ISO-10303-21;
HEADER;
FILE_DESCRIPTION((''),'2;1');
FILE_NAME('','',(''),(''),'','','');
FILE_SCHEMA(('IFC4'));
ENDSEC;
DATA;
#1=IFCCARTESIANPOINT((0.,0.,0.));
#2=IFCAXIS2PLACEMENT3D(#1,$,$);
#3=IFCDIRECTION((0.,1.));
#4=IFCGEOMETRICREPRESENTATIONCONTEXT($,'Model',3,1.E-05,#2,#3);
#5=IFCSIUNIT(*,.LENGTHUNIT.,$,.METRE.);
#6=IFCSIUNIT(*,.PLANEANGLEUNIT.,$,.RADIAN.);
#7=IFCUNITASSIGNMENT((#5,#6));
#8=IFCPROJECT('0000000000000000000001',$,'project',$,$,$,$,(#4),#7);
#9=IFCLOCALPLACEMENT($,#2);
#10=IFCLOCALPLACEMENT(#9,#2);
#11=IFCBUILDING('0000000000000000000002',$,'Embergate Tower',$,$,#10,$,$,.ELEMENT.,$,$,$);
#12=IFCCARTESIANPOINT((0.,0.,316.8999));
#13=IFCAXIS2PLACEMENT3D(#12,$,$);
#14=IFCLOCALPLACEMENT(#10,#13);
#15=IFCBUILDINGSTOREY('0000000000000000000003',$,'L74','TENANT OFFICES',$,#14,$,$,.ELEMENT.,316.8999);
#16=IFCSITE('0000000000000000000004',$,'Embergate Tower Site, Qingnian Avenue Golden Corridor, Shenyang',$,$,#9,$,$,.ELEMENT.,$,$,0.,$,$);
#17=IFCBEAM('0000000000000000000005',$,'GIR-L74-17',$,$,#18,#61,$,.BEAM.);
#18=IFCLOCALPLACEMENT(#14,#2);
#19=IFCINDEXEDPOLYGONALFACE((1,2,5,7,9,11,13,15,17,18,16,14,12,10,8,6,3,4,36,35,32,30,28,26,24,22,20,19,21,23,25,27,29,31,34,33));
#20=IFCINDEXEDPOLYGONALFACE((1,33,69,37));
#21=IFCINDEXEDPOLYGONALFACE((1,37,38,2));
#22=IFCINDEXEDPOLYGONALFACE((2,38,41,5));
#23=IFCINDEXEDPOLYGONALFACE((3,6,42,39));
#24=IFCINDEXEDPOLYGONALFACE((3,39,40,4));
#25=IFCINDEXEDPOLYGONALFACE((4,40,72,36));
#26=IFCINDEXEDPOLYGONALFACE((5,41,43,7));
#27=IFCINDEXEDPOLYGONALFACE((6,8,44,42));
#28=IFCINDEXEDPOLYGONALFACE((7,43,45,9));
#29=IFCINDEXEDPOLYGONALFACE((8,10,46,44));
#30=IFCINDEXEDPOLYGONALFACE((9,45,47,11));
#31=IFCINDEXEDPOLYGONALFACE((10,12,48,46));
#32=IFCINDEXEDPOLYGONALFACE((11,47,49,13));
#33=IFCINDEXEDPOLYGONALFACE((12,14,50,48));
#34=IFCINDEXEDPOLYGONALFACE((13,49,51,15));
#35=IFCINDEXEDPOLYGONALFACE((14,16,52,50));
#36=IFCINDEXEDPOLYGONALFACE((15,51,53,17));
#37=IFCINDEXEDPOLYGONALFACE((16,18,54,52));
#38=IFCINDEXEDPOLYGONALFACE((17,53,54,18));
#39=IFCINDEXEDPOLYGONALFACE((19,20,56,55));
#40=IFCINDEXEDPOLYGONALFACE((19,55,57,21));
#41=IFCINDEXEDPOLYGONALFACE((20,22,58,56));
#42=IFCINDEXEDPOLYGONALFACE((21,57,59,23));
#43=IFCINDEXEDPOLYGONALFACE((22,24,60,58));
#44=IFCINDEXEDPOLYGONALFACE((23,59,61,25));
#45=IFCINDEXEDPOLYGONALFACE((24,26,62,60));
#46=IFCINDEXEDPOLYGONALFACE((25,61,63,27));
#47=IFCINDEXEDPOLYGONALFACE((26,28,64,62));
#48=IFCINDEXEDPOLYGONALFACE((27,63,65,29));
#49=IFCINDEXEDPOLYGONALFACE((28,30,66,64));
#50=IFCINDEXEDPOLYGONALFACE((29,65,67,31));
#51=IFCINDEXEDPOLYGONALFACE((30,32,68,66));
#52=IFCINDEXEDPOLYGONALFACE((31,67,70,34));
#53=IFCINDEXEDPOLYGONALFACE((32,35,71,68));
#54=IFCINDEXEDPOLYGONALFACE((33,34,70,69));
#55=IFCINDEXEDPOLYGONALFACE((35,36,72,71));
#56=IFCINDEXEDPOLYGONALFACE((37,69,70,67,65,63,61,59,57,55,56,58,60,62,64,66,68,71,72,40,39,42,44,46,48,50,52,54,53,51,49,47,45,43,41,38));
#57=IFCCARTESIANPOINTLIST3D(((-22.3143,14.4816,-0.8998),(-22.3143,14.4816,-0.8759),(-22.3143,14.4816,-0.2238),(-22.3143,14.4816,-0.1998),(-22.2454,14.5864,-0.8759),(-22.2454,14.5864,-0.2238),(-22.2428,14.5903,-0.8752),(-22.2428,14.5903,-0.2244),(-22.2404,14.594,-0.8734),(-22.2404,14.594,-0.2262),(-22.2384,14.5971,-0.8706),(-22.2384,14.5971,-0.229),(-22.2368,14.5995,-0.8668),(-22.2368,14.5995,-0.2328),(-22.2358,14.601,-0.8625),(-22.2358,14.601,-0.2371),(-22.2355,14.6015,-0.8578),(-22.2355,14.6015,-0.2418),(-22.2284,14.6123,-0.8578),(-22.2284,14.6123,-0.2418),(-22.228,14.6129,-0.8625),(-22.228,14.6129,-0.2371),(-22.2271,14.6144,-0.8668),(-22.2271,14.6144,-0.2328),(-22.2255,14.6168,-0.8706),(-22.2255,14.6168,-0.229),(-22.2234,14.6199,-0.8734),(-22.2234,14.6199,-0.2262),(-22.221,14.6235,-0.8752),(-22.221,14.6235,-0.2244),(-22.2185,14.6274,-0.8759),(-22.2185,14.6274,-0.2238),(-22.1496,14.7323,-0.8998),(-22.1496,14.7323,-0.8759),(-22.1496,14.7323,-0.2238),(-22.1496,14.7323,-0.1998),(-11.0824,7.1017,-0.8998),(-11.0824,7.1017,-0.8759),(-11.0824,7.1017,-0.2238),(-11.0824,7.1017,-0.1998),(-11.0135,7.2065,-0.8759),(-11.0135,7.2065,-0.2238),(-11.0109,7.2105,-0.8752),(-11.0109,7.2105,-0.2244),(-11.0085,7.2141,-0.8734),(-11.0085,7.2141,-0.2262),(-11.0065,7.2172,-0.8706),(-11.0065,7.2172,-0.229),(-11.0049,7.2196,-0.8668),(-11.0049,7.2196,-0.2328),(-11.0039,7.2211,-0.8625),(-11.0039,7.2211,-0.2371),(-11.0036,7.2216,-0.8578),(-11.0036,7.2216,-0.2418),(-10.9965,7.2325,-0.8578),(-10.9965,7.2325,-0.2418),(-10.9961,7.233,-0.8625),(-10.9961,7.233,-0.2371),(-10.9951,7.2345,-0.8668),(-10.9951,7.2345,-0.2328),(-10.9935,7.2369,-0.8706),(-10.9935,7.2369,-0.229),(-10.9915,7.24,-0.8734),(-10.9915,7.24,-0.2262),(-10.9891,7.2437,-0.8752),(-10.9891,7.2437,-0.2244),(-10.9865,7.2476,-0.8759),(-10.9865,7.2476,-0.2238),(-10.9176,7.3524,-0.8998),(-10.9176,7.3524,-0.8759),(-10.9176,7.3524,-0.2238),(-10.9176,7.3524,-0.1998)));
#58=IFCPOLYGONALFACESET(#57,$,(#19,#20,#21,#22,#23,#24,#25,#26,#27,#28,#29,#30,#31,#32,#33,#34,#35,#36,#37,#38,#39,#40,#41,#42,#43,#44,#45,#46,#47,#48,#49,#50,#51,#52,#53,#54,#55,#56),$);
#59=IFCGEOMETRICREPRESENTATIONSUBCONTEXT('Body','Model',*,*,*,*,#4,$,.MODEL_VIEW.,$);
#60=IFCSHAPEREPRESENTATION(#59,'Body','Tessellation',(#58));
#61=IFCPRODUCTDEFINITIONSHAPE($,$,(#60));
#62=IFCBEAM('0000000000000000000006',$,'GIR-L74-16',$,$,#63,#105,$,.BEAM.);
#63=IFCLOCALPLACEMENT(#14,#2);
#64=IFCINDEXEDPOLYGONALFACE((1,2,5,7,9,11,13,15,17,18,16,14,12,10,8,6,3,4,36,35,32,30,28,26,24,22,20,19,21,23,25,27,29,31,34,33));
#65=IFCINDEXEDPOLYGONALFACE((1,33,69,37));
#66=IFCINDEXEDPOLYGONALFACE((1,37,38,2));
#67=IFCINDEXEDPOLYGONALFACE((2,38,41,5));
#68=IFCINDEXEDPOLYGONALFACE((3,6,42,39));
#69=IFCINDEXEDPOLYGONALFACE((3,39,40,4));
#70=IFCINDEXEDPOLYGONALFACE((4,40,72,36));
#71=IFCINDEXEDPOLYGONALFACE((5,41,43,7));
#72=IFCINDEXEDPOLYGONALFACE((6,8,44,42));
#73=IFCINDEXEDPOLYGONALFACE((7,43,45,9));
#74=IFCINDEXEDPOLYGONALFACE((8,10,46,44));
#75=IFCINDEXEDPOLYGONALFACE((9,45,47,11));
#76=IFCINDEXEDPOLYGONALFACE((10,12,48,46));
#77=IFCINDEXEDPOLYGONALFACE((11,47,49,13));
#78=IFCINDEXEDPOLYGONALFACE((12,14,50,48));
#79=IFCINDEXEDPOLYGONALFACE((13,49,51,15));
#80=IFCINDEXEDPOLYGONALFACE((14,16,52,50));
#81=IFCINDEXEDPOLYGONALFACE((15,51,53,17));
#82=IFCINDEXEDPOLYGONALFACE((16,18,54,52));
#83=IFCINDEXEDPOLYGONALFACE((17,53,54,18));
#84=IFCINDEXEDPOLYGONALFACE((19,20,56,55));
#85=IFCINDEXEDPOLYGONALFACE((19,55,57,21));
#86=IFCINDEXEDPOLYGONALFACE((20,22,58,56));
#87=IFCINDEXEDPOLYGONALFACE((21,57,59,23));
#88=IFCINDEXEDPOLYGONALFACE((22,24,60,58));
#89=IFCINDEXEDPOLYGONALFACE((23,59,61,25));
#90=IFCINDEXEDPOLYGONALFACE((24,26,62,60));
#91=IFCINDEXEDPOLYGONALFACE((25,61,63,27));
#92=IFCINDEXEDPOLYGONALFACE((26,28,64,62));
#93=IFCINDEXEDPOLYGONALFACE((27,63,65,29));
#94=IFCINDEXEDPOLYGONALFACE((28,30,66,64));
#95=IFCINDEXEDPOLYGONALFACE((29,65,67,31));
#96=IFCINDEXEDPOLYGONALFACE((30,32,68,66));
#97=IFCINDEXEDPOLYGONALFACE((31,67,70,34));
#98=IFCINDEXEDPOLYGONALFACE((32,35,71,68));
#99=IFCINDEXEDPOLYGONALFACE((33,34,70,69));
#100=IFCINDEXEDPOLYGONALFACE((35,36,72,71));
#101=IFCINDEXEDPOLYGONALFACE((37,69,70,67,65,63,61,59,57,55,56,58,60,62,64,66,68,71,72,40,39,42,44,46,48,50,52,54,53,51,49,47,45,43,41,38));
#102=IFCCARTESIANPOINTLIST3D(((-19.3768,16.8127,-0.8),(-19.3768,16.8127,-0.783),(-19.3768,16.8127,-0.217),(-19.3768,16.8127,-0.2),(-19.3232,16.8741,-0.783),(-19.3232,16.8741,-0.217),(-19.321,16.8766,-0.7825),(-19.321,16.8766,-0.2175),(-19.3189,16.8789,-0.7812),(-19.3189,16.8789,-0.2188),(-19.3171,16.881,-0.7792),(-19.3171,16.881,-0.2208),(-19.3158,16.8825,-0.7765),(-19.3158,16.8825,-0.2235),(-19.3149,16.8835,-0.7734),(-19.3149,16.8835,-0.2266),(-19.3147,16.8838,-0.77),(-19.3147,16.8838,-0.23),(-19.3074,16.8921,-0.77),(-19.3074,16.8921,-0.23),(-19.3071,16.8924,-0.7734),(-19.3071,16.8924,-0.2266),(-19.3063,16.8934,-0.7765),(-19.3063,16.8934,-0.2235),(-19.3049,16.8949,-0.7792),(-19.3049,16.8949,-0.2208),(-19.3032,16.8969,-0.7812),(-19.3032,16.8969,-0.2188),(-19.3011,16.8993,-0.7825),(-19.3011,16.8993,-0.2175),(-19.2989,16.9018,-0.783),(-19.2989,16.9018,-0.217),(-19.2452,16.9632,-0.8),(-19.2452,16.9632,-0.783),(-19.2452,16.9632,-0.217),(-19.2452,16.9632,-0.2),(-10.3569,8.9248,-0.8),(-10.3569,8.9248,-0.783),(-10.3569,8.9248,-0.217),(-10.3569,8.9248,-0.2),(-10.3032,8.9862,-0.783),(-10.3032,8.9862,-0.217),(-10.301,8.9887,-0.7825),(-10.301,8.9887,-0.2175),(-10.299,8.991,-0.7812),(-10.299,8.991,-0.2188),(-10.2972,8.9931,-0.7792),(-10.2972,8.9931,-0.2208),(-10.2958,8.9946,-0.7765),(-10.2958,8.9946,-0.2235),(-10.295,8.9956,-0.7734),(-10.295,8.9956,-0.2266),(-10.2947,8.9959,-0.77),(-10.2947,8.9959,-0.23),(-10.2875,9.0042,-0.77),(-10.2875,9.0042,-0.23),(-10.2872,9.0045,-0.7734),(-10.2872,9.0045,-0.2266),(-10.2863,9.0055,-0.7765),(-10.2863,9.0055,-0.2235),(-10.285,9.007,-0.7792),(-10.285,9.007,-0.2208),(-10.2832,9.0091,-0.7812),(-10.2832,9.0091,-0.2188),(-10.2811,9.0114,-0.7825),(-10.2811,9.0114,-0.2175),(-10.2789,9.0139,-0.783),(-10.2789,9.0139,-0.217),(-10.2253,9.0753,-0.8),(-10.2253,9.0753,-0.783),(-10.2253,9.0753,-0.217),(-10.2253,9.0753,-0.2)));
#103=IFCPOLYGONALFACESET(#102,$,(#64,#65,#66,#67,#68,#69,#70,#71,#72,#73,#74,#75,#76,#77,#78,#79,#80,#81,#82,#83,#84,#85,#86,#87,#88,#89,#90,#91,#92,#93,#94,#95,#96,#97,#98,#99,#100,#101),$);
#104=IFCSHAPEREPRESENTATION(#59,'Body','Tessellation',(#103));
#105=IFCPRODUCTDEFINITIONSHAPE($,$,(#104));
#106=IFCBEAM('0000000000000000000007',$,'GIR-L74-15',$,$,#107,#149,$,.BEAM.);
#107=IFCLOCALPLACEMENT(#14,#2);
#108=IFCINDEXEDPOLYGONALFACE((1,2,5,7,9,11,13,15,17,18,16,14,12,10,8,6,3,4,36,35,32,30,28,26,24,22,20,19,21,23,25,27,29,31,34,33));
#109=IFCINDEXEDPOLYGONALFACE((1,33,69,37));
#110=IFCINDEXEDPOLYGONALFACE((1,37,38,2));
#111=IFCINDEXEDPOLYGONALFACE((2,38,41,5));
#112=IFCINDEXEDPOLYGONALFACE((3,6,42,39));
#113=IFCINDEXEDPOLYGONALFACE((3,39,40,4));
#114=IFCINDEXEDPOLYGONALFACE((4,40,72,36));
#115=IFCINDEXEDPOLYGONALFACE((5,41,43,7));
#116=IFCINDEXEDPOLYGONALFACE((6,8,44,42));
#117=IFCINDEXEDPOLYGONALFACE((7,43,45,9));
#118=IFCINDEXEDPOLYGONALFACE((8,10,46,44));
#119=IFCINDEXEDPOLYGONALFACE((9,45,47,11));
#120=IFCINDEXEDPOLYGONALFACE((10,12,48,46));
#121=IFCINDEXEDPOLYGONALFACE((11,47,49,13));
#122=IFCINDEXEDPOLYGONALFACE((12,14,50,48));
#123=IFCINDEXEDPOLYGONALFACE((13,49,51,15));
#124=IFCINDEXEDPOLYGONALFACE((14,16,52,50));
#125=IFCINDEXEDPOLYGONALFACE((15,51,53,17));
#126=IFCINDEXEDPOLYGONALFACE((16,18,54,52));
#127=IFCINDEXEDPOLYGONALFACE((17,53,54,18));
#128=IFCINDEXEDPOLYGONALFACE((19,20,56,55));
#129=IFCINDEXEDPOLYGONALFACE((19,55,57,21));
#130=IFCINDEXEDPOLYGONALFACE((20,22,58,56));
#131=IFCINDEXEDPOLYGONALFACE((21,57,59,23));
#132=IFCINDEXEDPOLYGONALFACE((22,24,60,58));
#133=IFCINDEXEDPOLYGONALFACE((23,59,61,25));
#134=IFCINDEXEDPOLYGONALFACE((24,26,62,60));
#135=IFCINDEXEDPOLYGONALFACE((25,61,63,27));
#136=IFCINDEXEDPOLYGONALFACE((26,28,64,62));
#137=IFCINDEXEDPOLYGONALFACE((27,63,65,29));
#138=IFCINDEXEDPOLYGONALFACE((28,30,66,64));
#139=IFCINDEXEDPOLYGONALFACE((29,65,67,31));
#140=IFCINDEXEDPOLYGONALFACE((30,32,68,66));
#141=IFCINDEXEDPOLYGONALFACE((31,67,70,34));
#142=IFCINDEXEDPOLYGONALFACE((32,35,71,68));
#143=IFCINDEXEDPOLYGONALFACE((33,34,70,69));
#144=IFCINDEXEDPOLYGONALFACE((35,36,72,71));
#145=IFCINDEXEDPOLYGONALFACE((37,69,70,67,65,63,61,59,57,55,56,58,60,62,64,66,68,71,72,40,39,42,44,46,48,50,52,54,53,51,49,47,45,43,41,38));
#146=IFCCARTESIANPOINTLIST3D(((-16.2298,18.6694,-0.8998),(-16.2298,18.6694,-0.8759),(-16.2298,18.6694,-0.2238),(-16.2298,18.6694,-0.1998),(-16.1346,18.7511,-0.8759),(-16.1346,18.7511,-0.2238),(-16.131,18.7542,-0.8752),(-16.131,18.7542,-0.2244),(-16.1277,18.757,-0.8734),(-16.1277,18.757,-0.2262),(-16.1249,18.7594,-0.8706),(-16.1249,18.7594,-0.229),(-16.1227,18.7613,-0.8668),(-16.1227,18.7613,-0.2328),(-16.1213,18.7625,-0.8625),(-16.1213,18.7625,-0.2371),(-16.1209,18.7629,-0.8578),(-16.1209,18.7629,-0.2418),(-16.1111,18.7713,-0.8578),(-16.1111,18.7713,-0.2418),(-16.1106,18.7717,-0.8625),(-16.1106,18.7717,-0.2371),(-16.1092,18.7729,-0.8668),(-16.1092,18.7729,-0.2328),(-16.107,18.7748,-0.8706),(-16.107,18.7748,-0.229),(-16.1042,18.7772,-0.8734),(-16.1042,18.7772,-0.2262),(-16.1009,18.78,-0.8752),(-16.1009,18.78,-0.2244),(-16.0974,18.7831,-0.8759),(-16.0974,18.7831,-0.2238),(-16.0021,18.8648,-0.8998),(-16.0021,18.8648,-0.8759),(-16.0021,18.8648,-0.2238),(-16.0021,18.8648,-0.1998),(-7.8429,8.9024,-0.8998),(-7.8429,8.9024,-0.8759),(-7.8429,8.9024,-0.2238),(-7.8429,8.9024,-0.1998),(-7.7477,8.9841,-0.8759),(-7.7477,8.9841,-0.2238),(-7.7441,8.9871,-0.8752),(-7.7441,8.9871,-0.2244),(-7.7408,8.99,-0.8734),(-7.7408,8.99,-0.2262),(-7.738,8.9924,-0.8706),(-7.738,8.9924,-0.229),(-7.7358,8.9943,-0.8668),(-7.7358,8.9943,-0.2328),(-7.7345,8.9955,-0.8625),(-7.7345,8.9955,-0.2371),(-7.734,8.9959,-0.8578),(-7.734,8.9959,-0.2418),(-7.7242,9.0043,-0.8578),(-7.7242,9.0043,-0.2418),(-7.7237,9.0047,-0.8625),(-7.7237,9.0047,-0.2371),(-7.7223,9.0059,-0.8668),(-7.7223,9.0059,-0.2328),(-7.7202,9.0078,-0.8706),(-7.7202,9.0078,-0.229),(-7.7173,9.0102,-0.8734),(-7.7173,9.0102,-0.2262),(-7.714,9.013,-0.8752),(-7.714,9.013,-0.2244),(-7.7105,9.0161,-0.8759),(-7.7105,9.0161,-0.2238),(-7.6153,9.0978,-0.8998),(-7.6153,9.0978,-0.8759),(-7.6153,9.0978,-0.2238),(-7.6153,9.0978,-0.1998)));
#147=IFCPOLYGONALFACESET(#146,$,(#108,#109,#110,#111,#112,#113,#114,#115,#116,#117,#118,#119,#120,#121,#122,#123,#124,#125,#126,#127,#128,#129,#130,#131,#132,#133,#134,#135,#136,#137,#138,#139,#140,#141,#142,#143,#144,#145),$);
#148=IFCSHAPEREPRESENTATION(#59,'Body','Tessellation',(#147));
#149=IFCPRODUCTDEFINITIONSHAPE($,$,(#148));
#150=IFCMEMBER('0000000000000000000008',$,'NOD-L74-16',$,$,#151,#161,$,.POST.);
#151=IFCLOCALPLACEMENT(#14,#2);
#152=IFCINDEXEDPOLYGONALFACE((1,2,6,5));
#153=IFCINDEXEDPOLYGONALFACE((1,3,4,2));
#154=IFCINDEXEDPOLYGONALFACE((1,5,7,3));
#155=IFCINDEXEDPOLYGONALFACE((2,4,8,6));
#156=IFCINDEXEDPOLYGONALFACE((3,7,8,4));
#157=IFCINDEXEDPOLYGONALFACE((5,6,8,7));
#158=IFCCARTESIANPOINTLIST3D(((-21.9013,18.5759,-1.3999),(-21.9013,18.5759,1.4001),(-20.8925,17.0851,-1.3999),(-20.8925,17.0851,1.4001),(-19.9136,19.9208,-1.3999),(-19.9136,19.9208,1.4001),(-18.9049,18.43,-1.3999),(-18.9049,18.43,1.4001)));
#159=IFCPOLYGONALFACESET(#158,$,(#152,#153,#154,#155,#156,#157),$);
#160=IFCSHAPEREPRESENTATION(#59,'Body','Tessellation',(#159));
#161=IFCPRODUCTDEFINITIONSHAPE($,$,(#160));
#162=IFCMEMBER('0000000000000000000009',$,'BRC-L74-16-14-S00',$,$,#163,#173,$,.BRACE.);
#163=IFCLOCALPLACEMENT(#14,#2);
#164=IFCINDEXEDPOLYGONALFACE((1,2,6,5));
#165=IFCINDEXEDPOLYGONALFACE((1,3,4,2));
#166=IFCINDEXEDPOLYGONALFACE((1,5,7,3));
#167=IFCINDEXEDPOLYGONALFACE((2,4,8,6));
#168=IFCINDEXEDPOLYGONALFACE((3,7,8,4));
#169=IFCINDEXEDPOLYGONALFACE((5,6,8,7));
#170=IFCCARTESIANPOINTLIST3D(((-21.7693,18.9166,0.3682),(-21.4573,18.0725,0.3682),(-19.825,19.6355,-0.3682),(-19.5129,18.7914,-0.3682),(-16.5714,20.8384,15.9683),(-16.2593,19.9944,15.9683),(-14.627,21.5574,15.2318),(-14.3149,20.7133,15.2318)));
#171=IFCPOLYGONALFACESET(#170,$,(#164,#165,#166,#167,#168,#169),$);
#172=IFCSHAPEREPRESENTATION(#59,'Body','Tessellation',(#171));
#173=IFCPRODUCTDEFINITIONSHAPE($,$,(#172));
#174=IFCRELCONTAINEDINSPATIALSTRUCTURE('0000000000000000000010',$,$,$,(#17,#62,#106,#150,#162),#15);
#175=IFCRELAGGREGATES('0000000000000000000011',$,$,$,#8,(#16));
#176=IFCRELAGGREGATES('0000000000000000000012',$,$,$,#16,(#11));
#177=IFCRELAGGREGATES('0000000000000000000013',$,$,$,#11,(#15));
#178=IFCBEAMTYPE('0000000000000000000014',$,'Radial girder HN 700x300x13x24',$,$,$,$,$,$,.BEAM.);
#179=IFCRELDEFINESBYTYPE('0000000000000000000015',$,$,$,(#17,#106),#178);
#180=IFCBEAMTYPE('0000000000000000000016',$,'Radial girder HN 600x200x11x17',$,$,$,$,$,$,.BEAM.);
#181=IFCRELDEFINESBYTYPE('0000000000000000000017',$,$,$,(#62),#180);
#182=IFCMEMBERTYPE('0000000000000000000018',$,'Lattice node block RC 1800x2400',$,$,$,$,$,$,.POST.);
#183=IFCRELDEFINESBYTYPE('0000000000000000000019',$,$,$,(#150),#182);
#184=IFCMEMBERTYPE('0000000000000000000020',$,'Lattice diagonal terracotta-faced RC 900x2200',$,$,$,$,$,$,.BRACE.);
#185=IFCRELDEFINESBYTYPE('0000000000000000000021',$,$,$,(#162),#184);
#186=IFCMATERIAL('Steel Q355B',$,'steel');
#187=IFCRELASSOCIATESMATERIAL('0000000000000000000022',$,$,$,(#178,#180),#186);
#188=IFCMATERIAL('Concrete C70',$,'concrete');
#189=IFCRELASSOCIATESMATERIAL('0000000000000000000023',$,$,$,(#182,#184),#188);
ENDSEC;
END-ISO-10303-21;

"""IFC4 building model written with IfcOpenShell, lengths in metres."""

from ifc_helpers import new_model, si_unit, direction, frame, origin, origin_2d, place, context, subcontext, project, spatial, rectangle, i_section, extrude, source, transform, mapped, material, material_profile, profile_set, type_object, element, save


model = new_model("IFC4")

# Units and contexts
model_context = context("Model", 3, precision=1e-05, world=origin(), true_north=direction((0.0, 1.0)))
body_context = subcontext(model_context, "Body", "Model", "MODEL_VIEW")
ifc_project = project(units=[si_unit("LENGTHUNIT", "METRE"), si_unit("PLANEANGLEUNIT", "RADIAN")], contexts=[model_context])

# Site, building, storey
site_placement = place(None, origin())
site = spatial("IfcSite", under=ifc_project, at=site_placement, Name="Embergate Tower Site, Qingnian Avenue Golden Corridor, Shenyang", CompositionType="ELEMENT", RefElevation=0.0)
building_placement = place(site_placement, origin())
building = spatial("IfcBuilding", under=site, at=building_placement, Name="Embergate Tower", CompositionType="ELEMENT")
storey_placement = place(building_placement, frame((0.0, 0.0, 316.8999)))
storey = spatial("IfcBuildingStorey", under=building, at=storey_placement, Name="L74", Description="TENANT OFFICES", CompositionType="ELEMENT", Elevation=316.8999)

# Beams
ifc_material_1 = material(Name="Steel Q355B", Category="steel")
ifc_material_profile_1 = material_profile(ifc_material_1, i_section(OverallWidth=0.3, OverallDepth=0.7, WebThickness=0.0129, FlangeThickness=0.0239, FilletRadius=0.0181, at=origin_2d()), Name="HN 700x300x13x24")
ifc_profile_set_1 = profile_set([ifc_material_profile_1], Name="Steel Q355 grade B")
beam_type_1 = type_object("IfcBeamType", Name="Radial girder HN 700x300x13x24", PredefinedType="BEAM", material=ifc_profile_set_1)
shared_shape_1 = source(origin(), body_context, "Body", "SweptSolid", [
    extrude(i_section(OverallWidth=0.3, OverallDepth=0.7, WebThickness=0.0129, FlangeThickness=0.0239, FilletRadius=0.0181, at=origin_2d()), origin(), (0.0, 0.0, 1.0), 13.4395),
])
beam_1_placement = place(storey_placement, frame((-22.2319, 14.6069, -0.5498), z_axis=(0.835743, -0.549121, 0.0), x_axis=(0.549121, 0.835743, 0.0)))
element("IfcBeam", 1, at=beam_1_placement, inside=storey, type_object=beam_type_1, Name="GIR-L74-17", PredefinedType="BEAM", context=body_context, shape_type="MappedRepresentation", body=[
    mapped(shared_shape_1, transform((0.0, 0.0, 0.0))),
])
ifc_material_profile_2 = material_profile(ifc_material_1, i_section(OverallWidth=0.2, OverallDepth=0.6001, WebThickness=0.011, FlangeThickness=0.0171, FilletRadius=0.0129, at=origin_2d()), Name="HN 600x200x11x17")
ifc_profile_set_2 = profile_set([ifc_material_profile_2], Name="Steel Q355 grade B")
beam_type_2 = type_object("IfcBeamType", Name="Radial girder HN 600x200x11x17", PredefinedType="BEAM", material=ifc_profile_set_2)
shared_shape_2 = source(origin(), body_context, "Body", "SweptSolid", [
    extrude(i_section(OverallWidth=0.2, OverallDepth=0.6001, WebThickness=0.011, FlangeThickness=0.0171, FilletRadius=0.0129, at=origin_2d()), origin(), (0.0, 0.0, 1.0), 11.9824),
])
beam_2_placement = place(storey_placement, frame((-19.311, 16.8879, -0.5), z_axis=(0.752766, -0.658288, 0.0), x_axis=(0.658288, 0.752766, 0.0)))
element("IfcBeam", 2, at=beam_2_placement, inside=storey, type_object=beam_type_2, Name="GIR-L74-16", PredefinedType="BEAM", context=body_context, shape_type="MappedRepresentation", body=[
    mapped(shared_shape_2, transform((0.0, 0.0, 0.0))),
])
shared_shape_3 = source(origin(), body_context, "Body", "SweptSolid", [
    extrude(i_section(OverallWidth=0.3, OverallDepth=0.7, WebThickness=0.0129, FlangeThickness=0.0239, FilletRadius=0.0181, at=origin_2d()), origin(), (0.0, 0.0, 1.0), 12.8738),
])
beam_3_placement = place(storey_placement, frame((-16.116, 18.7671, -0.5498), z_axis=(0.65147, -0.758674, 0.0), x_axis=(0.758674, 0.65147, 0.0)))
element("IfcBeam", 3, at=beam_3_placement, inside=storey, type_object=beam_type_1, Name="GIR-L74-15", PredefinedType="BEAM", context=body_context, shape_type="MappedRepresentation", body=[
    mapped(shared_shape_3, transform((0.0, 0.0, 0.0))),
])

# Members
ifc_material_2 = material(Name="Concrete C70", Category="concrete")
ifc_material_profile_3 = material_profile(ifc_material_2, rectangle(XDim=1.8, YDim=2.3999, at=origin_2d()), Name="RC 1800x2400")
ifc_profile_set_3 = profile_set([ifc_material_profile_3], Name="Concrete C70")
member_type_1 = type_object("IfcMemberType", Name="Lattice node block RC 1800x2400", PredefinedType="POST", material=ifc_profile_set_3)
shared_shape_4 = source(origin(), body_context, "Body", "SweptSolid", [
    extrude(rectangle(XDim=1.8, YDim=2.3999, at=origin_2d()), origin(), (0.0, 0.0, 1.0), 2.8),
])
member_1_placement = place(storey_placement, frame((-20.4031, 18.5029, -1.3999), z_axis=(0.0, 0.0, 1.0), x_axis=(-0.560393, 0.828227, 0.0)))
element("IfcMember", 4, at=member_1_placement, inside=storey, type_object=member_type_1, Name="NOD-L74-16", PredefinedType="POST", context=body_context, shape_type="MappedRepresentation", body=[
    mapped(shared_shape_4, transform((0.0, 0.0, 0.0))),
])
ifc_material_profile_4 = material_profile(ifc_material_2, rectangle(XDim=0.8999, YDim=2.2, at=origin_2d()), Name="RC 900x2200")
ifc_profile_set_4 = profile_set([ifc_material_profile_4], Name="Concrete C70")
member_type_2 = type_object("IfcMemberType", Name="Lattice diagonal terracotta-faced RC 900x2200", PredefinedType="BRACE", material=ifc_profile_set_4)
shared_shape_5 = source(origin(), body_context, "Body", "SweptSolid", [
    extrude(rectangle(XDim=0.8999, YDim=2.2, at=origin_2d()), origin(), (0.0, 0.0, 1.0), 16.5552),
])
member_2_placement = place(storey_placement, frame((-20.6411, 18.854, 0.0), z_axis=(0.313979, 0.116089, 0.942306), x_axis=(-0.346789, 0.937943, 0.0)))
element("IfcMember", 5, at=member_2_placement, inside=storey, type_object=member_type_2, Name="BRC-L74-16-14-S00", PredefinedType="BRACE", context=body_context, shape_type="MappedRepresentation", body=[
    mapped(shared_shape_5, transform((0.0, 0.0, 0.0))),
])

save(model, "model.ifc")
